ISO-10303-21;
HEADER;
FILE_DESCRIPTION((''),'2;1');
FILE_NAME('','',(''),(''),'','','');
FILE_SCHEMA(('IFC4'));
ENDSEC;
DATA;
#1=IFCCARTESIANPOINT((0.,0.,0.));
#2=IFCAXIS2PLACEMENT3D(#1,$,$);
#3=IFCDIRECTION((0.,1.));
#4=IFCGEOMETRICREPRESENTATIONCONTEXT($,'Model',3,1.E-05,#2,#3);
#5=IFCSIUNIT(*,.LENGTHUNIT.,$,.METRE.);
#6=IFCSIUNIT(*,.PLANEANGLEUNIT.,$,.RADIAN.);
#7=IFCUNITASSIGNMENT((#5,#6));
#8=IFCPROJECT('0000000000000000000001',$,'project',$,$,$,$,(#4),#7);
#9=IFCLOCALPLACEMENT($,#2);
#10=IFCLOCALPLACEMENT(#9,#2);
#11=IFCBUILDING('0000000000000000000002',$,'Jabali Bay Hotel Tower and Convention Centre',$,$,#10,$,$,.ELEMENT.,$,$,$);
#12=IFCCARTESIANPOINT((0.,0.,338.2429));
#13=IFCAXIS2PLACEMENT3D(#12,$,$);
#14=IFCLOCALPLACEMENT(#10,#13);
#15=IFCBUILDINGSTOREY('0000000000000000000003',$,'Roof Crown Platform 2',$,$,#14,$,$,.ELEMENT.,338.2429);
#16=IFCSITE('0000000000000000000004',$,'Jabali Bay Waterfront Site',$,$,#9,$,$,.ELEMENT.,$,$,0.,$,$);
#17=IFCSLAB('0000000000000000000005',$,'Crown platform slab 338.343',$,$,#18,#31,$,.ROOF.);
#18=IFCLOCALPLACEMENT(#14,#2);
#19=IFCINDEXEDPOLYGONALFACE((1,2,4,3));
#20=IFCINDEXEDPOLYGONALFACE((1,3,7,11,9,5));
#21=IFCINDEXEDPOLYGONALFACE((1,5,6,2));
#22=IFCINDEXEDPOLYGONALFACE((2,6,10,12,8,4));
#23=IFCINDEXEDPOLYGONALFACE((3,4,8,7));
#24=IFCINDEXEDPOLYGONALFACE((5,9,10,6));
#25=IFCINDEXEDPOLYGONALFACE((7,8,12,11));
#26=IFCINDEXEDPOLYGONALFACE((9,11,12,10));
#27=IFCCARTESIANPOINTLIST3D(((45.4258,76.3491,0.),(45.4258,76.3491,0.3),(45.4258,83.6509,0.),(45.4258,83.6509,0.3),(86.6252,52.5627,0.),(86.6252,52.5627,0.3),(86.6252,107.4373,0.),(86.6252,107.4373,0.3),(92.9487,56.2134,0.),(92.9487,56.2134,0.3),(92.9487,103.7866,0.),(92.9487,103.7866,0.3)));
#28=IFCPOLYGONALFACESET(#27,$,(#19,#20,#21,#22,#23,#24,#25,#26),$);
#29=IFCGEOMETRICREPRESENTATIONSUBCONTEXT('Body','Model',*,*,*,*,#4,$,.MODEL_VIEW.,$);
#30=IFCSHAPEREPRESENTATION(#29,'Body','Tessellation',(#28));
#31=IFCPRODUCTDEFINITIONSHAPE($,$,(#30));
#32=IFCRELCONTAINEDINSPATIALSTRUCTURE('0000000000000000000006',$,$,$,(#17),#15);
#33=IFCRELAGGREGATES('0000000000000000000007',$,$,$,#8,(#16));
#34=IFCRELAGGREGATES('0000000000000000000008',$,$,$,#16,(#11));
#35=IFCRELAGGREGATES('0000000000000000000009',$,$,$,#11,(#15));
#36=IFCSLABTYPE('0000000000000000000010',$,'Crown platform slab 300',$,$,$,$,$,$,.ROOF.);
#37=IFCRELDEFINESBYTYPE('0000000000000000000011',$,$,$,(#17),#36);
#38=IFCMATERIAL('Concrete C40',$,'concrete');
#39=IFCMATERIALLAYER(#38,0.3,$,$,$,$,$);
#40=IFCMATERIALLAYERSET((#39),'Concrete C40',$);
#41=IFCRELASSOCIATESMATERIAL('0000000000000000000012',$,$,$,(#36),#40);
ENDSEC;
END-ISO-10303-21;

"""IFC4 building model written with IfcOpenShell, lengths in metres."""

from ifc_helpers import new_model, si_unit, direction, frame, origin, place, context, subcontext, project, spatial, polyline, outline, extrude, material, layer, layer_set, type_object, element, save


model = new_model("IFC4")

# Units and contexts
model_context = context("Model", 3, precision=1e-05, world=origin(), true_north=direction((0.0, 1.0)))
body_context = subcontext(model_context, "Body", "Model", "MODEL_VIEW")
ifc_project = project(units=[si_unit("LENGTHUNIT", "METRE"), si_unit("PLANEANGLEUNIT", "RADIAN")], contexts=[model_context])

# Site, building, storey
site_placement = place(None, origin())
site = spatial("IfcSite", under=ifc_project, at=site_placement, Name="Jabali Bay Waterfront Site", CompositionType="ELEMENT", RefElevation=0.0)
building_placement = place(site_placement, origin())
building = spatial("IfcBuilding", under=site, at=building_placement, Name="Jabali Bay Hotel Tower and Convention Centre", CompositionType="ELEMENT")
storey_placement = place(building_placement, frame((0.0, 0.0, 338.2429)))
storey = spatial("IfcBuildingStorey", under=building, at=storey_placement, Name="Roof Crown Platform 2", CompositionType="ELEMENT", Elevation=338.2429)

# Slab
ifc_material = material(Name="Concrete C40", Category="concrete")
ifc_layer = layer(ifc_material, 0.3)
ifc_layer_set = layer_set([ifc_layer], Name="Concrete C40")
slab_type = type_object("IfcSlabType", Name="Crown platform slab 300", PredefinedType="ROOF", material=ifc_layer_set)
slab_placement = place(storey_placement, origin())
element("IfcSlab", 1, at=slab_placement, inside=storey, type_object=slab_type, Name="Crown platform slab 338.343", PredefinedType="ROOF", context=body_context, shape_type="SweptSolid", body=[
    extrude(outline(polyline([(92.9487, 56.2134), (86.6252, 52.5627), (45.4258, 76.3491), (45.4258, 83.6509), (86.6252, 107.4373), (92.9487, 103.7866), (92.9487, 56.2134)])), origin(), (0.0, 0.0, 1.0), 0.3),
])

save(model, "model.ifc")
